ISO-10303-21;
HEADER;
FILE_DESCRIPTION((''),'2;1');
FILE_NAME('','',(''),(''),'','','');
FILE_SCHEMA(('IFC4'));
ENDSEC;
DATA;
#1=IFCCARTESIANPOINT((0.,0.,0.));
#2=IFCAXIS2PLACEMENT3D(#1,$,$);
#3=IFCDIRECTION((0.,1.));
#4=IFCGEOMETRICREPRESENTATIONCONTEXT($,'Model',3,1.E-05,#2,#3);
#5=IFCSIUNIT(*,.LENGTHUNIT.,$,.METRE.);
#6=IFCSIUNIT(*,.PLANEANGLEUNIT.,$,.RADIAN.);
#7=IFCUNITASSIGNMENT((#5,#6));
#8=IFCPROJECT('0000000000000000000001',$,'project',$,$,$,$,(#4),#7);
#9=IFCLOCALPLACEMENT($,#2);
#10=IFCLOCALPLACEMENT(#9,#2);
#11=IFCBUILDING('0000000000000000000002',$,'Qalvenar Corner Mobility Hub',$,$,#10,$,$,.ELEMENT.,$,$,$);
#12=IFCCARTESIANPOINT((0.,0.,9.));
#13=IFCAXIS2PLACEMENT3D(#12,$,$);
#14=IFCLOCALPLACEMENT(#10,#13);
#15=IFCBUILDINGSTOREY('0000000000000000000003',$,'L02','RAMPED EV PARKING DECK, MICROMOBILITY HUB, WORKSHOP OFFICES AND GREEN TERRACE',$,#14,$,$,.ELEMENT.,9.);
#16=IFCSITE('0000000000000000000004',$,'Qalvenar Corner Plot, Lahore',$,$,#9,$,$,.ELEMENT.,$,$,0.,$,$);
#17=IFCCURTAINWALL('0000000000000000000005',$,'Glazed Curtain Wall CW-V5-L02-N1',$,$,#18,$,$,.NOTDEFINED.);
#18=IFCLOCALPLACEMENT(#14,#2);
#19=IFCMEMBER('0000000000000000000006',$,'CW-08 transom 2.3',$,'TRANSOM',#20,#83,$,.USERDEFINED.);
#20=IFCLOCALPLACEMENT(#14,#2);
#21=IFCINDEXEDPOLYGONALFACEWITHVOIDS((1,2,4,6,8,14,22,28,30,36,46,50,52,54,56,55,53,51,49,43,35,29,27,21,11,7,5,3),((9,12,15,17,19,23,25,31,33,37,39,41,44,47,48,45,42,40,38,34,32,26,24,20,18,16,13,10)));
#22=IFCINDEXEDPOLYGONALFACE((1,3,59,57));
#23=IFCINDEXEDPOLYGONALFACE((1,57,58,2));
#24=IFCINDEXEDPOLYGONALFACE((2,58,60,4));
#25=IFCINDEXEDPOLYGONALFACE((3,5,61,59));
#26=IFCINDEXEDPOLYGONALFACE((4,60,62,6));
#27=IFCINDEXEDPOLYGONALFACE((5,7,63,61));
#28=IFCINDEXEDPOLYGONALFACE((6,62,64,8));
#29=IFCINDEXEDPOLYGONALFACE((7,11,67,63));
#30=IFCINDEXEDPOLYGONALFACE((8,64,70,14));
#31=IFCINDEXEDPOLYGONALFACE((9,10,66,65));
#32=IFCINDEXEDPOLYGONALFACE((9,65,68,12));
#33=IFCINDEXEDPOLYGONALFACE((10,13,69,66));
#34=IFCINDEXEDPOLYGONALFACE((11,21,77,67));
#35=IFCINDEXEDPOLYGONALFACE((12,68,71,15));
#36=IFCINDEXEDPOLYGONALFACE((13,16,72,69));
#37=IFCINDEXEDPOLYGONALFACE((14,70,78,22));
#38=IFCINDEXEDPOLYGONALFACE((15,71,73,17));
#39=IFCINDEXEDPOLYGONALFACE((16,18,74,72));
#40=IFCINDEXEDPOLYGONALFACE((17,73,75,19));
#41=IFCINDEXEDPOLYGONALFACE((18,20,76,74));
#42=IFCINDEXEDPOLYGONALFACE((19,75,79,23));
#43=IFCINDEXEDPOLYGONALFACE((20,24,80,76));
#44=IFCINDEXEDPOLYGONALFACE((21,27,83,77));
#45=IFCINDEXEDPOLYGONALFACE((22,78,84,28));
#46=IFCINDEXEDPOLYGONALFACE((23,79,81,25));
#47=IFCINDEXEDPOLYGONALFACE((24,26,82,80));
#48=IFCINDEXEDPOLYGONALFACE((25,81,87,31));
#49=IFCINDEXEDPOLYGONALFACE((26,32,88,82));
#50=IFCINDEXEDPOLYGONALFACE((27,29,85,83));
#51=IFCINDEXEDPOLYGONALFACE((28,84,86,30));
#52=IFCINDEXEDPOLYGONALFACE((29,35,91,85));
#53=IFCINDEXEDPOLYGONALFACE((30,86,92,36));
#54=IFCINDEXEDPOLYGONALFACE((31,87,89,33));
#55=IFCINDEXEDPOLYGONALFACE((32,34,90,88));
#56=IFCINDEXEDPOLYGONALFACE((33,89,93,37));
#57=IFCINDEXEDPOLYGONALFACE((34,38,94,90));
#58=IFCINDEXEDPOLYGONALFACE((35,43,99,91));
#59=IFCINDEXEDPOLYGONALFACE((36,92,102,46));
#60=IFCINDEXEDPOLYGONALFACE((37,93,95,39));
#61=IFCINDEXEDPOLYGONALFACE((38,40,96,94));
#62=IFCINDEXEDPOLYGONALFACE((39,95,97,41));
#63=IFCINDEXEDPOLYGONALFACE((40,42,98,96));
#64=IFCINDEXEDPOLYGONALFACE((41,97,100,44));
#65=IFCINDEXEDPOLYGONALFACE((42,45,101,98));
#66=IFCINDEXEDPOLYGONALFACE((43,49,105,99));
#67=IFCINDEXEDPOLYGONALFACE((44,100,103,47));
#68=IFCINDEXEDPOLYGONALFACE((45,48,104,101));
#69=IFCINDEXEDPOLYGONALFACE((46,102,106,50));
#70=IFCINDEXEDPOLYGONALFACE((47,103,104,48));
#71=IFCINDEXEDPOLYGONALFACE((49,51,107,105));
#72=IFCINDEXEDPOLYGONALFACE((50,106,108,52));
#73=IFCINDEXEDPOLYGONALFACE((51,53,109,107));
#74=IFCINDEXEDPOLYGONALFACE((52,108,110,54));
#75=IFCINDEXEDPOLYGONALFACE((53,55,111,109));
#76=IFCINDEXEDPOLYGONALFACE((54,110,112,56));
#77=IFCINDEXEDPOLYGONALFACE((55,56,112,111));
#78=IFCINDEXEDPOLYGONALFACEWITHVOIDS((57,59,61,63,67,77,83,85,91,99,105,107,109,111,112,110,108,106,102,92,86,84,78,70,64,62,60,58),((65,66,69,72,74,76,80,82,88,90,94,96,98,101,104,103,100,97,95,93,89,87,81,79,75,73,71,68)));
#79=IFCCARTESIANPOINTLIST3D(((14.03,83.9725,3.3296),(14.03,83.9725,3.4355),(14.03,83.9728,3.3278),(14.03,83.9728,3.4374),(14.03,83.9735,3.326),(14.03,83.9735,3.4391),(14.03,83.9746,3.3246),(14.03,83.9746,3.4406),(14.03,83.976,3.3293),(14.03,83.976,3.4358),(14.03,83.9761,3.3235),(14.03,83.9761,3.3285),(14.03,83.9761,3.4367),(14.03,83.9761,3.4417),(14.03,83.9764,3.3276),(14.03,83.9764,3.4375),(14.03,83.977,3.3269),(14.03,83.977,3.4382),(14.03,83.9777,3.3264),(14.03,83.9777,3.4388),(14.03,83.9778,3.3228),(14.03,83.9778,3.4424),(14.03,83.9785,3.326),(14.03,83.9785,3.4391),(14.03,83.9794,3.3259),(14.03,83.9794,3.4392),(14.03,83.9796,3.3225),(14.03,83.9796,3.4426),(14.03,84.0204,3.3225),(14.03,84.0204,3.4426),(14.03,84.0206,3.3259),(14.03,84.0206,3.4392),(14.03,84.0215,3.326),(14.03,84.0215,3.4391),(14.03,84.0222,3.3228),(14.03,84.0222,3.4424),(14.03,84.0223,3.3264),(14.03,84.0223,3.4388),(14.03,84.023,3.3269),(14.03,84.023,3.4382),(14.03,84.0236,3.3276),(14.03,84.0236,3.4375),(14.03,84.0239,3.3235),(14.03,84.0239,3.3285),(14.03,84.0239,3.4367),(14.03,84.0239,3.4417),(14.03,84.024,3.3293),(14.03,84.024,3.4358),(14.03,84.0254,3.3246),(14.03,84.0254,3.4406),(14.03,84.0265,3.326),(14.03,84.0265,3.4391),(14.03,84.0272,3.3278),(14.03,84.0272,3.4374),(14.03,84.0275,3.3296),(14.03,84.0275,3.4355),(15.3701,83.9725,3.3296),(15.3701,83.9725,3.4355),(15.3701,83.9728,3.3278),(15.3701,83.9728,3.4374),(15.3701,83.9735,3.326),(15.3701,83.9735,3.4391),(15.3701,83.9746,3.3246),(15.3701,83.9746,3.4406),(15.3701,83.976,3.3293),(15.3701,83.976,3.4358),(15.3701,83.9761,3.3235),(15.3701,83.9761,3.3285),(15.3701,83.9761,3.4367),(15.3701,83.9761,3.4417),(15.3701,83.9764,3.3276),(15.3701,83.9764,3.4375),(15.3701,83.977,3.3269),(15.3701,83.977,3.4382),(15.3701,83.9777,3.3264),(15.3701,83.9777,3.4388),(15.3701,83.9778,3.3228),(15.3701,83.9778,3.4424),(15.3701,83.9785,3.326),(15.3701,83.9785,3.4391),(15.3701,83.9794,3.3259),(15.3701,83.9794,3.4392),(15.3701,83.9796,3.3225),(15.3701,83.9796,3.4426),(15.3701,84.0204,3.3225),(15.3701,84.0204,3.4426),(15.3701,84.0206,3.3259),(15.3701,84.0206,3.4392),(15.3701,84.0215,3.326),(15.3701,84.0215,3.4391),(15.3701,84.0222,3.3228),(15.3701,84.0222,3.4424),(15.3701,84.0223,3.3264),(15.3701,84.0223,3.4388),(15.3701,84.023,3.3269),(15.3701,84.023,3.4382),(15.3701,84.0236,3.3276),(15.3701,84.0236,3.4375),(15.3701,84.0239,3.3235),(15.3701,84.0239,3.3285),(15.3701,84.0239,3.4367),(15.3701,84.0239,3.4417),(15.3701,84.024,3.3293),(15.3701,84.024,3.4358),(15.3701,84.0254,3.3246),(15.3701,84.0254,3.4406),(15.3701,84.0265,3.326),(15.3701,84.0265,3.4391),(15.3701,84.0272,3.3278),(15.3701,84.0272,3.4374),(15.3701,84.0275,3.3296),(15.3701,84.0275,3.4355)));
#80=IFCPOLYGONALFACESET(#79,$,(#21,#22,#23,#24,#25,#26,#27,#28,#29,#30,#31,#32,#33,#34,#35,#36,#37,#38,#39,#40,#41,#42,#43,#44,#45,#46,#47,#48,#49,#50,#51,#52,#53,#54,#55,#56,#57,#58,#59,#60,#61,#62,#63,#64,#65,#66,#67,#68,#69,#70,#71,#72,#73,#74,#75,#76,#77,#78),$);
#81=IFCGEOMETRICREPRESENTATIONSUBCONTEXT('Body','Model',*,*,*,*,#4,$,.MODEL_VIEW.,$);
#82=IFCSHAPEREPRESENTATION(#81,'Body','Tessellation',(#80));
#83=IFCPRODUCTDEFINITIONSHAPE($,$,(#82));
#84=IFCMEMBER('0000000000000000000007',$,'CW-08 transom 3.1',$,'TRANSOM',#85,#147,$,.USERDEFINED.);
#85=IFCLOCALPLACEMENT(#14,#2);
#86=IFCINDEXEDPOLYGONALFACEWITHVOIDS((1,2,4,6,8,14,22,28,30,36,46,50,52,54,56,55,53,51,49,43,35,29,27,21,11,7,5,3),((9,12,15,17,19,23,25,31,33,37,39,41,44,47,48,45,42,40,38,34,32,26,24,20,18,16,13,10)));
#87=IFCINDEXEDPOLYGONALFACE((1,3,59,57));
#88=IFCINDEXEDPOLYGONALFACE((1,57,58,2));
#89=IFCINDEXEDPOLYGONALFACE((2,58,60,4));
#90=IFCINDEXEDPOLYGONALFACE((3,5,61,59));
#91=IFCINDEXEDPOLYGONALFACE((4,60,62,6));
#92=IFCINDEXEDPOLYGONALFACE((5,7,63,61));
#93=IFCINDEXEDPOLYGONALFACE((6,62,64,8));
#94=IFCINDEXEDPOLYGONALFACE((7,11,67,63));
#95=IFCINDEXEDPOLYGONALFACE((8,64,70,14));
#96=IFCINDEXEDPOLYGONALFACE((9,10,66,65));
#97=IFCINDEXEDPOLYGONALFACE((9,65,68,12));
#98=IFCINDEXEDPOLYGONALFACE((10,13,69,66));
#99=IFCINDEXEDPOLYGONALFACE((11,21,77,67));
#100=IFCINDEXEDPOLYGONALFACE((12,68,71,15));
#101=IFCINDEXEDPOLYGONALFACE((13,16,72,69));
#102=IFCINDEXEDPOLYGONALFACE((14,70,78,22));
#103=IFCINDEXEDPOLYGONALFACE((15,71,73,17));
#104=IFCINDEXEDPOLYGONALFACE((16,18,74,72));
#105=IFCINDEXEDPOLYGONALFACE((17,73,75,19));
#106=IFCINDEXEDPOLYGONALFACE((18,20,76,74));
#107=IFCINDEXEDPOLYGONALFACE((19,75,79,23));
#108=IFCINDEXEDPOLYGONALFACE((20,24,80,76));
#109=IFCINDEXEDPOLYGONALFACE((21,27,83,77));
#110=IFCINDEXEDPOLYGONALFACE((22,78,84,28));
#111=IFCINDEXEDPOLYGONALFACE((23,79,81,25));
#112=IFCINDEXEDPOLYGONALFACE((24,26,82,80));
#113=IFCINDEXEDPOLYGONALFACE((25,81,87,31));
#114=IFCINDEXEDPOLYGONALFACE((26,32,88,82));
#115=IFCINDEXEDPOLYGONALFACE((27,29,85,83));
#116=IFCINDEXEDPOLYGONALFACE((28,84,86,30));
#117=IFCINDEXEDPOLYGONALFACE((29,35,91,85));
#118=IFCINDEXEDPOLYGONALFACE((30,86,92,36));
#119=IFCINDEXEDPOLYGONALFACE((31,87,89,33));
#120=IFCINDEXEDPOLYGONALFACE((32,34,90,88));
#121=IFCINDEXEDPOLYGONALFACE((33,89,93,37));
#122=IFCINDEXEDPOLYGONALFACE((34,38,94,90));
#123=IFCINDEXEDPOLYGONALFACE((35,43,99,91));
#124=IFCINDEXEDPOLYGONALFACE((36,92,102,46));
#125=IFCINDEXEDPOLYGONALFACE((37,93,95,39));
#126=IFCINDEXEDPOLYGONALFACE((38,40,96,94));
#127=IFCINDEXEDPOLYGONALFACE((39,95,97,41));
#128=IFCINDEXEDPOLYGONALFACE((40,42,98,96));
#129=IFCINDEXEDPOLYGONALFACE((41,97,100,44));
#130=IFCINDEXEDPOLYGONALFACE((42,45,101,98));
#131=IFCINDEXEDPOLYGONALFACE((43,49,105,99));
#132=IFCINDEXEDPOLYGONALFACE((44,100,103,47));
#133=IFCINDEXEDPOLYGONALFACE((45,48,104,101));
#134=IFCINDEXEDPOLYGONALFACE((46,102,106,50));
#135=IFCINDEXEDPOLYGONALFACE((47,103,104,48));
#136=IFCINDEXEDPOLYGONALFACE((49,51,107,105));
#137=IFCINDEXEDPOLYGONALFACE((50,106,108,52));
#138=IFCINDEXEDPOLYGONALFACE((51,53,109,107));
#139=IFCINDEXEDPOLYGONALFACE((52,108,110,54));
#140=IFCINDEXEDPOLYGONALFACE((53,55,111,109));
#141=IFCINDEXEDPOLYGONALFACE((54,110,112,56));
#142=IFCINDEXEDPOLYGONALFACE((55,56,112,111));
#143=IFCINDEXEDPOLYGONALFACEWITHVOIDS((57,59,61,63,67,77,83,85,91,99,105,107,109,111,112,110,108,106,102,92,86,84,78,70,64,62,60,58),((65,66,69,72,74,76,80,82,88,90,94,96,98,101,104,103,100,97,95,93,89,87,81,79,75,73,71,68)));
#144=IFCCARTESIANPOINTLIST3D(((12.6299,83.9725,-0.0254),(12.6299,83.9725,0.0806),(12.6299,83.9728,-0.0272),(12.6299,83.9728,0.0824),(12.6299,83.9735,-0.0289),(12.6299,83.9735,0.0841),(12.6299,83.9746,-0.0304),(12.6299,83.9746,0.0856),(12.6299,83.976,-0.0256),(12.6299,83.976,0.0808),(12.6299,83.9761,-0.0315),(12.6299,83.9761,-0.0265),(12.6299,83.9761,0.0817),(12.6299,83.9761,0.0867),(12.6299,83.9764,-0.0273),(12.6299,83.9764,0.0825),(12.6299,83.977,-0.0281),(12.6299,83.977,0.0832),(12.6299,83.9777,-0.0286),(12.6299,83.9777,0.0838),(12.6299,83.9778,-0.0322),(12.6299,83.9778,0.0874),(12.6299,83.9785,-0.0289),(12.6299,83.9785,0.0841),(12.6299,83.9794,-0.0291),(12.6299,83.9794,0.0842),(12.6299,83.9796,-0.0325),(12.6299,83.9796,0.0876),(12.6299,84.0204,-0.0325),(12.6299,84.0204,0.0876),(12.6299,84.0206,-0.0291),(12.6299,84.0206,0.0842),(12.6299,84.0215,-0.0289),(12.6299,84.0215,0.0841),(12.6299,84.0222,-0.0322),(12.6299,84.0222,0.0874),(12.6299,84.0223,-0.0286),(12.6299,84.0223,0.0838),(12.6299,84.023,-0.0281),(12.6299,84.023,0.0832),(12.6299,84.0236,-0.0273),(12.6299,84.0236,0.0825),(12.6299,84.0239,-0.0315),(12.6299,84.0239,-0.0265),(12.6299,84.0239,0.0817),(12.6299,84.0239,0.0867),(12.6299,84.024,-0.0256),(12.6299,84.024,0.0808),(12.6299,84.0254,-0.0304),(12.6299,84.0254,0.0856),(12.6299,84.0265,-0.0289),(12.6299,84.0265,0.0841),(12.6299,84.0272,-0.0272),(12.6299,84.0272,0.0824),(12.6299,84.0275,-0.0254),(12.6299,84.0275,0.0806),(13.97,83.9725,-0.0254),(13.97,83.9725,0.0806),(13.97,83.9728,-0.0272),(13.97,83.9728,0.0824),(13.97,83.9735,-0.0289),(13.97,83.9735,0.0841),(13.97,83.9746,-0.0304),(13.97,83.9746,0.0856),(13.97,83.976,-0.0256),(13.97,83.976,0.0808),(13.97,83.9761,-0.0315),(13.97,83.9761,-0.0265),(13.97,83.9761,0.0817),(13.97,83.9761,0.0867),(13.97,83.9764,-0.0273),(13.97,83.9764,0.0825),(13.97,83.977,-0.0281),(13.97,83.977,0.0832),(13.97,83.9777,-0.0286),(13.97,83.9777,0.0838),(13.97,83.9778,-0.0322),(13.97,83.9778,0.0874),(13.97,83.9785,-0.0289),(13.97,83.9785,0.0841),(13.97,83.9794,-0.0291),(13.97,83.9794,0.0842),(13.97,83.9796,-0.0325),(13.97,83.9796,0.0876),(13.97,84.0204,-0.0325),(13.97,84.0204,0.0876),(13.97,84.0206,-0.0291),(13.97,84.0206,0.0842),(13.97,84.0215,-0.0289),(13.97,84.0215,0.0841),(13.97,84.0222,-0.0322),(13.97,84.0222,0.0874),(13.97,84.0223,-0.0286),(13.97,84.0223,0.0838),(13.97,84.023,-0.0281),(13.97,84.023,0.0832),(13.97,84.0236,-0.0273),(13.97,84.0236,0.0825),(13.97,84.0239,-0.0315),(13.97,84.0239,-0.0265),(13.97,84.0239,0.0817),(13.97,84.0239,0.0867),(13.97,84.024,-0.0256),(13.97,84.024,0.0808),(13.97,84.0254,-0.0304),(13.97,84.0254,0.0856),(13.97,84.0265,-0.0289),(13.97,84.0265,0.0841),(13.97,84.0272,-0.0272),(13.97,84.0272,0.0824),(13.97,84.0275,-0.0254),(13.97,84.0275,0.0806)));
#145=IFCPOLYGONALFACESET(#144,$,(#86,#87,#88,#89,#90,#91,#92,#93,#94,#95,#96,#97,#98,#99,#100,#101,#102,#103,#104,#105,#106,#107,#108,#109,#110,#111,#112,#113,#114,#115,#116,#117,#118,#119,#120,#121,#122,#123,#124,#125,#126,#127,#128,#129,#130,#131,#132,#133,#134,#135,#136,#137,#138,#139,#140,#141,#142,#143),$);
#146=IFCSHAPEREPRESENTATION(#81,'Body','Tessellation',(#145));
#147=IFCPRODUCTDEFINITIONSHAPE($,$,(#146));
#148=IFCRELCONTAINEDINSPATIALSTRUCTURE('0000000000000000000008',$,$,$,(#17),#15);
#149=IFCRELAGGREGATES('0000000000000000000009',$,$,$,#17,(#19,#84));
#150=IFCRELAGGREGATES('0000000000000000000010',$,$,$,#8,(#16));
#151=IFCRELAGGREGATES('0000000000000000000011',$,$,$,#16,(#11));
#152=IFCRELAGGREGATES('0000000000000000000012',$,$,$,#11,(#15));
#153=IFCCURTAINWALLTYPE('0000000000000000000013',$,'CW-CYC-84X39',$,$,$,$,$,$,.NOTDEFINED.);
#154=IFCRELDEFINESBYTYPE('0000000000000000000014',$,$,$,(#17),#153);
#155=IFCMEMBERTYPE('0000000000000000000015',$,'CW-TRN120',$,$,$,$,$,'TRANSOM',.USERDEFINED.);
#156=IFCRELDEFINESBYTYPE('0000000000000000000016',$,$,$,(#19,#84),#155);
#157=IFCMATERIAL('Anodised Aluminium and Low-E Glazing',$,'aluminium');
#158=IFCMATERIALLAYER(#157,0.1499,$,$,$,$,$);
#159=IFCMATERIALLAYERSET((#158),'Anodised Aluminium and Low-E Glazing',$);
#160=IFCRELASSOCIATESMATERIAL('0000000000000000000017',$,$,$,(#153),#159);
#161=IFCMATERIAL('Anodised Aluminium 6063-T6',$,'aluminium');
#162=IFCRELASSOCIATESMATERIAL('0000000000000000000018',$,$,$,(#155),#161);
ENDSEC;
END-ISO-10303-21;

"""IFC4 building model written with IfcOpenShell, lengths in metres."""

from ifc_helpers import new_model, si_unit, direction, frame, origin, origin_2d, place, context, subcontext, project, spatial, hollow_rectangle, extrude, material, layer, layer_set, material_profile, profile_set, type_object, element, aggregate, save


model = new_model("IFC4")

# Units and contexts
model_context = context("Model", 3, precision=1e-05, world=origin(), true_north=direction((0.0, 1.0)))
body_context = subcontext(model_context, "Body", "Model", "MODEL_VIEW")
ifc_project = project(units=[si_unit("LENGTHUNIT", "METRE"), si_unit("PLANEANGLEUNIT", "RADIAN")], contexts=[model_context])

# Site, building, storey
site_placement = place(None, origin())
site = spatial("IfcSite", under=ifc_project, at=site_placement, Name="Qalvenar Corner Plot, Lahore", CompositionType="ELEMENT", RefElevation=0.0)
building_placement = place(site_placement, origin())
building = spatial("IfcBuilding", under=site, at=building_placement, Name="Qalvenar Corner Mobility Hub", CompositionType="ELEMENT")
storey_placement = place(building_placement, frame((0.0, 0.0, 9.0)))
storey = spatial("IfcBuildingStorey", under=building, at=storey_placement, Name="L02", Description="RAMPED EV PARKING DECK, MICROMOBILITY HUB, WORKSHOP OFFICES AND GREEN TERRACE", CompositionType="ELEMENT", Elevation=9.0)

# Curtain wall, members
ifc_material_1 = material(Name="Anodised Aluminium and Low-E Glazing", Category="aluminium")
ifc_layer_1 = layer(ifc_material_1, 0.1499)
ifc_layer_set_1 = layer_set([ifc_layer_1], Name="Anodised Aluminium and Low-E Glazing")
curtain_wall_type = type_object("IfcCurtainWallType", Name="CW-CYC-84X39", PredefinedType="NOTDEFINED", material=ifc_layer_set_1)
curtain_wall_placement = place(storey_placement, origin())
curtain_wall = element("IfcCurtainWall", 1, at=curtain_wall_placement, inside=storey, type_object=curtain_wall_type, Name="Glazed Curtain Wall CW-V5-L02-N1", PredefinedType="NOTDEFINED")
ifc_material_2 = material(Name="Anodised Aluminium 6063-T6", Category="aluminium")
ifc_material_profile_1 = material_profile(ifc_material_2, hollow_rectangle(XDim=0.0549, YDim=0.1201, WallThickness=0.0034, InnerFilletRadius=0.0034, OuterFilletRadius=0.0071, at=origin_2d()), Name="RHS120x55x3.5")
ifc_profile_set_1 = profile_set([ifc_material_profile_1], Name="Anodised Aluminium 6063-T6")
member_type_1 = type_object("IfcMemberType", Name="CW-TRN120", ElementType="TRANSOM", PredefinedType="USERDEFINED", material=ifc_profile_set_1)
member_1_placement = place(storey_placement, frame((15.3701, 84.0, 3.3826), z_axis=(-1.0, 0.0, 0.0), x_axis=(0.0, -1.0, 0.0)))
member_1 = element("IfcMember", 2, at=member_1_placement, type_object=member_type_1, Name="CW-08 transom 2.3", ObjectType="TRANSOM", PredefinedType="USERDEFINED", context=body_context, shape_type="SweptSolid", body=[
    extrude(hollow_rectangle(XDim=0.0549, YDim=0.1201, WallThickness=0.0034, InnerFilletRadius=0.0034, OuterFilletRadius=0.0071, at=origin_2d()), origin(), (0.0, 0.0, 1.0), 1.3401),
])
member_2_placement = place(storey_placement, frame((13.97, 84.0, 0.0276), z_axis=(-1.0, 0.0, 0.0), x_axis=(0.0, -1.0, 0.0)))
member_2 = element("IfcMember", 3, at=member_2_placement, type_object=member_type_1, Name="CW-08 transom 3.1", ObjectType="TRANSOM", PredefinedType="USERDEFINED", context=body_context, shape_type="SweptSolid", body=[
    extrude(hollow_rectangle(XDim=0.0549, YDim=0.1201, WallThickness=0.0034, InnerFilletRadius=0.0034, OuterFilletRadius=0.0071, at=origin_2d()), origin(), (0.0, 0.0, 1.0), 1.3401),
])

aggregate(curtain_wall, [member_1, member_2])

save(model, "model.ifc")
